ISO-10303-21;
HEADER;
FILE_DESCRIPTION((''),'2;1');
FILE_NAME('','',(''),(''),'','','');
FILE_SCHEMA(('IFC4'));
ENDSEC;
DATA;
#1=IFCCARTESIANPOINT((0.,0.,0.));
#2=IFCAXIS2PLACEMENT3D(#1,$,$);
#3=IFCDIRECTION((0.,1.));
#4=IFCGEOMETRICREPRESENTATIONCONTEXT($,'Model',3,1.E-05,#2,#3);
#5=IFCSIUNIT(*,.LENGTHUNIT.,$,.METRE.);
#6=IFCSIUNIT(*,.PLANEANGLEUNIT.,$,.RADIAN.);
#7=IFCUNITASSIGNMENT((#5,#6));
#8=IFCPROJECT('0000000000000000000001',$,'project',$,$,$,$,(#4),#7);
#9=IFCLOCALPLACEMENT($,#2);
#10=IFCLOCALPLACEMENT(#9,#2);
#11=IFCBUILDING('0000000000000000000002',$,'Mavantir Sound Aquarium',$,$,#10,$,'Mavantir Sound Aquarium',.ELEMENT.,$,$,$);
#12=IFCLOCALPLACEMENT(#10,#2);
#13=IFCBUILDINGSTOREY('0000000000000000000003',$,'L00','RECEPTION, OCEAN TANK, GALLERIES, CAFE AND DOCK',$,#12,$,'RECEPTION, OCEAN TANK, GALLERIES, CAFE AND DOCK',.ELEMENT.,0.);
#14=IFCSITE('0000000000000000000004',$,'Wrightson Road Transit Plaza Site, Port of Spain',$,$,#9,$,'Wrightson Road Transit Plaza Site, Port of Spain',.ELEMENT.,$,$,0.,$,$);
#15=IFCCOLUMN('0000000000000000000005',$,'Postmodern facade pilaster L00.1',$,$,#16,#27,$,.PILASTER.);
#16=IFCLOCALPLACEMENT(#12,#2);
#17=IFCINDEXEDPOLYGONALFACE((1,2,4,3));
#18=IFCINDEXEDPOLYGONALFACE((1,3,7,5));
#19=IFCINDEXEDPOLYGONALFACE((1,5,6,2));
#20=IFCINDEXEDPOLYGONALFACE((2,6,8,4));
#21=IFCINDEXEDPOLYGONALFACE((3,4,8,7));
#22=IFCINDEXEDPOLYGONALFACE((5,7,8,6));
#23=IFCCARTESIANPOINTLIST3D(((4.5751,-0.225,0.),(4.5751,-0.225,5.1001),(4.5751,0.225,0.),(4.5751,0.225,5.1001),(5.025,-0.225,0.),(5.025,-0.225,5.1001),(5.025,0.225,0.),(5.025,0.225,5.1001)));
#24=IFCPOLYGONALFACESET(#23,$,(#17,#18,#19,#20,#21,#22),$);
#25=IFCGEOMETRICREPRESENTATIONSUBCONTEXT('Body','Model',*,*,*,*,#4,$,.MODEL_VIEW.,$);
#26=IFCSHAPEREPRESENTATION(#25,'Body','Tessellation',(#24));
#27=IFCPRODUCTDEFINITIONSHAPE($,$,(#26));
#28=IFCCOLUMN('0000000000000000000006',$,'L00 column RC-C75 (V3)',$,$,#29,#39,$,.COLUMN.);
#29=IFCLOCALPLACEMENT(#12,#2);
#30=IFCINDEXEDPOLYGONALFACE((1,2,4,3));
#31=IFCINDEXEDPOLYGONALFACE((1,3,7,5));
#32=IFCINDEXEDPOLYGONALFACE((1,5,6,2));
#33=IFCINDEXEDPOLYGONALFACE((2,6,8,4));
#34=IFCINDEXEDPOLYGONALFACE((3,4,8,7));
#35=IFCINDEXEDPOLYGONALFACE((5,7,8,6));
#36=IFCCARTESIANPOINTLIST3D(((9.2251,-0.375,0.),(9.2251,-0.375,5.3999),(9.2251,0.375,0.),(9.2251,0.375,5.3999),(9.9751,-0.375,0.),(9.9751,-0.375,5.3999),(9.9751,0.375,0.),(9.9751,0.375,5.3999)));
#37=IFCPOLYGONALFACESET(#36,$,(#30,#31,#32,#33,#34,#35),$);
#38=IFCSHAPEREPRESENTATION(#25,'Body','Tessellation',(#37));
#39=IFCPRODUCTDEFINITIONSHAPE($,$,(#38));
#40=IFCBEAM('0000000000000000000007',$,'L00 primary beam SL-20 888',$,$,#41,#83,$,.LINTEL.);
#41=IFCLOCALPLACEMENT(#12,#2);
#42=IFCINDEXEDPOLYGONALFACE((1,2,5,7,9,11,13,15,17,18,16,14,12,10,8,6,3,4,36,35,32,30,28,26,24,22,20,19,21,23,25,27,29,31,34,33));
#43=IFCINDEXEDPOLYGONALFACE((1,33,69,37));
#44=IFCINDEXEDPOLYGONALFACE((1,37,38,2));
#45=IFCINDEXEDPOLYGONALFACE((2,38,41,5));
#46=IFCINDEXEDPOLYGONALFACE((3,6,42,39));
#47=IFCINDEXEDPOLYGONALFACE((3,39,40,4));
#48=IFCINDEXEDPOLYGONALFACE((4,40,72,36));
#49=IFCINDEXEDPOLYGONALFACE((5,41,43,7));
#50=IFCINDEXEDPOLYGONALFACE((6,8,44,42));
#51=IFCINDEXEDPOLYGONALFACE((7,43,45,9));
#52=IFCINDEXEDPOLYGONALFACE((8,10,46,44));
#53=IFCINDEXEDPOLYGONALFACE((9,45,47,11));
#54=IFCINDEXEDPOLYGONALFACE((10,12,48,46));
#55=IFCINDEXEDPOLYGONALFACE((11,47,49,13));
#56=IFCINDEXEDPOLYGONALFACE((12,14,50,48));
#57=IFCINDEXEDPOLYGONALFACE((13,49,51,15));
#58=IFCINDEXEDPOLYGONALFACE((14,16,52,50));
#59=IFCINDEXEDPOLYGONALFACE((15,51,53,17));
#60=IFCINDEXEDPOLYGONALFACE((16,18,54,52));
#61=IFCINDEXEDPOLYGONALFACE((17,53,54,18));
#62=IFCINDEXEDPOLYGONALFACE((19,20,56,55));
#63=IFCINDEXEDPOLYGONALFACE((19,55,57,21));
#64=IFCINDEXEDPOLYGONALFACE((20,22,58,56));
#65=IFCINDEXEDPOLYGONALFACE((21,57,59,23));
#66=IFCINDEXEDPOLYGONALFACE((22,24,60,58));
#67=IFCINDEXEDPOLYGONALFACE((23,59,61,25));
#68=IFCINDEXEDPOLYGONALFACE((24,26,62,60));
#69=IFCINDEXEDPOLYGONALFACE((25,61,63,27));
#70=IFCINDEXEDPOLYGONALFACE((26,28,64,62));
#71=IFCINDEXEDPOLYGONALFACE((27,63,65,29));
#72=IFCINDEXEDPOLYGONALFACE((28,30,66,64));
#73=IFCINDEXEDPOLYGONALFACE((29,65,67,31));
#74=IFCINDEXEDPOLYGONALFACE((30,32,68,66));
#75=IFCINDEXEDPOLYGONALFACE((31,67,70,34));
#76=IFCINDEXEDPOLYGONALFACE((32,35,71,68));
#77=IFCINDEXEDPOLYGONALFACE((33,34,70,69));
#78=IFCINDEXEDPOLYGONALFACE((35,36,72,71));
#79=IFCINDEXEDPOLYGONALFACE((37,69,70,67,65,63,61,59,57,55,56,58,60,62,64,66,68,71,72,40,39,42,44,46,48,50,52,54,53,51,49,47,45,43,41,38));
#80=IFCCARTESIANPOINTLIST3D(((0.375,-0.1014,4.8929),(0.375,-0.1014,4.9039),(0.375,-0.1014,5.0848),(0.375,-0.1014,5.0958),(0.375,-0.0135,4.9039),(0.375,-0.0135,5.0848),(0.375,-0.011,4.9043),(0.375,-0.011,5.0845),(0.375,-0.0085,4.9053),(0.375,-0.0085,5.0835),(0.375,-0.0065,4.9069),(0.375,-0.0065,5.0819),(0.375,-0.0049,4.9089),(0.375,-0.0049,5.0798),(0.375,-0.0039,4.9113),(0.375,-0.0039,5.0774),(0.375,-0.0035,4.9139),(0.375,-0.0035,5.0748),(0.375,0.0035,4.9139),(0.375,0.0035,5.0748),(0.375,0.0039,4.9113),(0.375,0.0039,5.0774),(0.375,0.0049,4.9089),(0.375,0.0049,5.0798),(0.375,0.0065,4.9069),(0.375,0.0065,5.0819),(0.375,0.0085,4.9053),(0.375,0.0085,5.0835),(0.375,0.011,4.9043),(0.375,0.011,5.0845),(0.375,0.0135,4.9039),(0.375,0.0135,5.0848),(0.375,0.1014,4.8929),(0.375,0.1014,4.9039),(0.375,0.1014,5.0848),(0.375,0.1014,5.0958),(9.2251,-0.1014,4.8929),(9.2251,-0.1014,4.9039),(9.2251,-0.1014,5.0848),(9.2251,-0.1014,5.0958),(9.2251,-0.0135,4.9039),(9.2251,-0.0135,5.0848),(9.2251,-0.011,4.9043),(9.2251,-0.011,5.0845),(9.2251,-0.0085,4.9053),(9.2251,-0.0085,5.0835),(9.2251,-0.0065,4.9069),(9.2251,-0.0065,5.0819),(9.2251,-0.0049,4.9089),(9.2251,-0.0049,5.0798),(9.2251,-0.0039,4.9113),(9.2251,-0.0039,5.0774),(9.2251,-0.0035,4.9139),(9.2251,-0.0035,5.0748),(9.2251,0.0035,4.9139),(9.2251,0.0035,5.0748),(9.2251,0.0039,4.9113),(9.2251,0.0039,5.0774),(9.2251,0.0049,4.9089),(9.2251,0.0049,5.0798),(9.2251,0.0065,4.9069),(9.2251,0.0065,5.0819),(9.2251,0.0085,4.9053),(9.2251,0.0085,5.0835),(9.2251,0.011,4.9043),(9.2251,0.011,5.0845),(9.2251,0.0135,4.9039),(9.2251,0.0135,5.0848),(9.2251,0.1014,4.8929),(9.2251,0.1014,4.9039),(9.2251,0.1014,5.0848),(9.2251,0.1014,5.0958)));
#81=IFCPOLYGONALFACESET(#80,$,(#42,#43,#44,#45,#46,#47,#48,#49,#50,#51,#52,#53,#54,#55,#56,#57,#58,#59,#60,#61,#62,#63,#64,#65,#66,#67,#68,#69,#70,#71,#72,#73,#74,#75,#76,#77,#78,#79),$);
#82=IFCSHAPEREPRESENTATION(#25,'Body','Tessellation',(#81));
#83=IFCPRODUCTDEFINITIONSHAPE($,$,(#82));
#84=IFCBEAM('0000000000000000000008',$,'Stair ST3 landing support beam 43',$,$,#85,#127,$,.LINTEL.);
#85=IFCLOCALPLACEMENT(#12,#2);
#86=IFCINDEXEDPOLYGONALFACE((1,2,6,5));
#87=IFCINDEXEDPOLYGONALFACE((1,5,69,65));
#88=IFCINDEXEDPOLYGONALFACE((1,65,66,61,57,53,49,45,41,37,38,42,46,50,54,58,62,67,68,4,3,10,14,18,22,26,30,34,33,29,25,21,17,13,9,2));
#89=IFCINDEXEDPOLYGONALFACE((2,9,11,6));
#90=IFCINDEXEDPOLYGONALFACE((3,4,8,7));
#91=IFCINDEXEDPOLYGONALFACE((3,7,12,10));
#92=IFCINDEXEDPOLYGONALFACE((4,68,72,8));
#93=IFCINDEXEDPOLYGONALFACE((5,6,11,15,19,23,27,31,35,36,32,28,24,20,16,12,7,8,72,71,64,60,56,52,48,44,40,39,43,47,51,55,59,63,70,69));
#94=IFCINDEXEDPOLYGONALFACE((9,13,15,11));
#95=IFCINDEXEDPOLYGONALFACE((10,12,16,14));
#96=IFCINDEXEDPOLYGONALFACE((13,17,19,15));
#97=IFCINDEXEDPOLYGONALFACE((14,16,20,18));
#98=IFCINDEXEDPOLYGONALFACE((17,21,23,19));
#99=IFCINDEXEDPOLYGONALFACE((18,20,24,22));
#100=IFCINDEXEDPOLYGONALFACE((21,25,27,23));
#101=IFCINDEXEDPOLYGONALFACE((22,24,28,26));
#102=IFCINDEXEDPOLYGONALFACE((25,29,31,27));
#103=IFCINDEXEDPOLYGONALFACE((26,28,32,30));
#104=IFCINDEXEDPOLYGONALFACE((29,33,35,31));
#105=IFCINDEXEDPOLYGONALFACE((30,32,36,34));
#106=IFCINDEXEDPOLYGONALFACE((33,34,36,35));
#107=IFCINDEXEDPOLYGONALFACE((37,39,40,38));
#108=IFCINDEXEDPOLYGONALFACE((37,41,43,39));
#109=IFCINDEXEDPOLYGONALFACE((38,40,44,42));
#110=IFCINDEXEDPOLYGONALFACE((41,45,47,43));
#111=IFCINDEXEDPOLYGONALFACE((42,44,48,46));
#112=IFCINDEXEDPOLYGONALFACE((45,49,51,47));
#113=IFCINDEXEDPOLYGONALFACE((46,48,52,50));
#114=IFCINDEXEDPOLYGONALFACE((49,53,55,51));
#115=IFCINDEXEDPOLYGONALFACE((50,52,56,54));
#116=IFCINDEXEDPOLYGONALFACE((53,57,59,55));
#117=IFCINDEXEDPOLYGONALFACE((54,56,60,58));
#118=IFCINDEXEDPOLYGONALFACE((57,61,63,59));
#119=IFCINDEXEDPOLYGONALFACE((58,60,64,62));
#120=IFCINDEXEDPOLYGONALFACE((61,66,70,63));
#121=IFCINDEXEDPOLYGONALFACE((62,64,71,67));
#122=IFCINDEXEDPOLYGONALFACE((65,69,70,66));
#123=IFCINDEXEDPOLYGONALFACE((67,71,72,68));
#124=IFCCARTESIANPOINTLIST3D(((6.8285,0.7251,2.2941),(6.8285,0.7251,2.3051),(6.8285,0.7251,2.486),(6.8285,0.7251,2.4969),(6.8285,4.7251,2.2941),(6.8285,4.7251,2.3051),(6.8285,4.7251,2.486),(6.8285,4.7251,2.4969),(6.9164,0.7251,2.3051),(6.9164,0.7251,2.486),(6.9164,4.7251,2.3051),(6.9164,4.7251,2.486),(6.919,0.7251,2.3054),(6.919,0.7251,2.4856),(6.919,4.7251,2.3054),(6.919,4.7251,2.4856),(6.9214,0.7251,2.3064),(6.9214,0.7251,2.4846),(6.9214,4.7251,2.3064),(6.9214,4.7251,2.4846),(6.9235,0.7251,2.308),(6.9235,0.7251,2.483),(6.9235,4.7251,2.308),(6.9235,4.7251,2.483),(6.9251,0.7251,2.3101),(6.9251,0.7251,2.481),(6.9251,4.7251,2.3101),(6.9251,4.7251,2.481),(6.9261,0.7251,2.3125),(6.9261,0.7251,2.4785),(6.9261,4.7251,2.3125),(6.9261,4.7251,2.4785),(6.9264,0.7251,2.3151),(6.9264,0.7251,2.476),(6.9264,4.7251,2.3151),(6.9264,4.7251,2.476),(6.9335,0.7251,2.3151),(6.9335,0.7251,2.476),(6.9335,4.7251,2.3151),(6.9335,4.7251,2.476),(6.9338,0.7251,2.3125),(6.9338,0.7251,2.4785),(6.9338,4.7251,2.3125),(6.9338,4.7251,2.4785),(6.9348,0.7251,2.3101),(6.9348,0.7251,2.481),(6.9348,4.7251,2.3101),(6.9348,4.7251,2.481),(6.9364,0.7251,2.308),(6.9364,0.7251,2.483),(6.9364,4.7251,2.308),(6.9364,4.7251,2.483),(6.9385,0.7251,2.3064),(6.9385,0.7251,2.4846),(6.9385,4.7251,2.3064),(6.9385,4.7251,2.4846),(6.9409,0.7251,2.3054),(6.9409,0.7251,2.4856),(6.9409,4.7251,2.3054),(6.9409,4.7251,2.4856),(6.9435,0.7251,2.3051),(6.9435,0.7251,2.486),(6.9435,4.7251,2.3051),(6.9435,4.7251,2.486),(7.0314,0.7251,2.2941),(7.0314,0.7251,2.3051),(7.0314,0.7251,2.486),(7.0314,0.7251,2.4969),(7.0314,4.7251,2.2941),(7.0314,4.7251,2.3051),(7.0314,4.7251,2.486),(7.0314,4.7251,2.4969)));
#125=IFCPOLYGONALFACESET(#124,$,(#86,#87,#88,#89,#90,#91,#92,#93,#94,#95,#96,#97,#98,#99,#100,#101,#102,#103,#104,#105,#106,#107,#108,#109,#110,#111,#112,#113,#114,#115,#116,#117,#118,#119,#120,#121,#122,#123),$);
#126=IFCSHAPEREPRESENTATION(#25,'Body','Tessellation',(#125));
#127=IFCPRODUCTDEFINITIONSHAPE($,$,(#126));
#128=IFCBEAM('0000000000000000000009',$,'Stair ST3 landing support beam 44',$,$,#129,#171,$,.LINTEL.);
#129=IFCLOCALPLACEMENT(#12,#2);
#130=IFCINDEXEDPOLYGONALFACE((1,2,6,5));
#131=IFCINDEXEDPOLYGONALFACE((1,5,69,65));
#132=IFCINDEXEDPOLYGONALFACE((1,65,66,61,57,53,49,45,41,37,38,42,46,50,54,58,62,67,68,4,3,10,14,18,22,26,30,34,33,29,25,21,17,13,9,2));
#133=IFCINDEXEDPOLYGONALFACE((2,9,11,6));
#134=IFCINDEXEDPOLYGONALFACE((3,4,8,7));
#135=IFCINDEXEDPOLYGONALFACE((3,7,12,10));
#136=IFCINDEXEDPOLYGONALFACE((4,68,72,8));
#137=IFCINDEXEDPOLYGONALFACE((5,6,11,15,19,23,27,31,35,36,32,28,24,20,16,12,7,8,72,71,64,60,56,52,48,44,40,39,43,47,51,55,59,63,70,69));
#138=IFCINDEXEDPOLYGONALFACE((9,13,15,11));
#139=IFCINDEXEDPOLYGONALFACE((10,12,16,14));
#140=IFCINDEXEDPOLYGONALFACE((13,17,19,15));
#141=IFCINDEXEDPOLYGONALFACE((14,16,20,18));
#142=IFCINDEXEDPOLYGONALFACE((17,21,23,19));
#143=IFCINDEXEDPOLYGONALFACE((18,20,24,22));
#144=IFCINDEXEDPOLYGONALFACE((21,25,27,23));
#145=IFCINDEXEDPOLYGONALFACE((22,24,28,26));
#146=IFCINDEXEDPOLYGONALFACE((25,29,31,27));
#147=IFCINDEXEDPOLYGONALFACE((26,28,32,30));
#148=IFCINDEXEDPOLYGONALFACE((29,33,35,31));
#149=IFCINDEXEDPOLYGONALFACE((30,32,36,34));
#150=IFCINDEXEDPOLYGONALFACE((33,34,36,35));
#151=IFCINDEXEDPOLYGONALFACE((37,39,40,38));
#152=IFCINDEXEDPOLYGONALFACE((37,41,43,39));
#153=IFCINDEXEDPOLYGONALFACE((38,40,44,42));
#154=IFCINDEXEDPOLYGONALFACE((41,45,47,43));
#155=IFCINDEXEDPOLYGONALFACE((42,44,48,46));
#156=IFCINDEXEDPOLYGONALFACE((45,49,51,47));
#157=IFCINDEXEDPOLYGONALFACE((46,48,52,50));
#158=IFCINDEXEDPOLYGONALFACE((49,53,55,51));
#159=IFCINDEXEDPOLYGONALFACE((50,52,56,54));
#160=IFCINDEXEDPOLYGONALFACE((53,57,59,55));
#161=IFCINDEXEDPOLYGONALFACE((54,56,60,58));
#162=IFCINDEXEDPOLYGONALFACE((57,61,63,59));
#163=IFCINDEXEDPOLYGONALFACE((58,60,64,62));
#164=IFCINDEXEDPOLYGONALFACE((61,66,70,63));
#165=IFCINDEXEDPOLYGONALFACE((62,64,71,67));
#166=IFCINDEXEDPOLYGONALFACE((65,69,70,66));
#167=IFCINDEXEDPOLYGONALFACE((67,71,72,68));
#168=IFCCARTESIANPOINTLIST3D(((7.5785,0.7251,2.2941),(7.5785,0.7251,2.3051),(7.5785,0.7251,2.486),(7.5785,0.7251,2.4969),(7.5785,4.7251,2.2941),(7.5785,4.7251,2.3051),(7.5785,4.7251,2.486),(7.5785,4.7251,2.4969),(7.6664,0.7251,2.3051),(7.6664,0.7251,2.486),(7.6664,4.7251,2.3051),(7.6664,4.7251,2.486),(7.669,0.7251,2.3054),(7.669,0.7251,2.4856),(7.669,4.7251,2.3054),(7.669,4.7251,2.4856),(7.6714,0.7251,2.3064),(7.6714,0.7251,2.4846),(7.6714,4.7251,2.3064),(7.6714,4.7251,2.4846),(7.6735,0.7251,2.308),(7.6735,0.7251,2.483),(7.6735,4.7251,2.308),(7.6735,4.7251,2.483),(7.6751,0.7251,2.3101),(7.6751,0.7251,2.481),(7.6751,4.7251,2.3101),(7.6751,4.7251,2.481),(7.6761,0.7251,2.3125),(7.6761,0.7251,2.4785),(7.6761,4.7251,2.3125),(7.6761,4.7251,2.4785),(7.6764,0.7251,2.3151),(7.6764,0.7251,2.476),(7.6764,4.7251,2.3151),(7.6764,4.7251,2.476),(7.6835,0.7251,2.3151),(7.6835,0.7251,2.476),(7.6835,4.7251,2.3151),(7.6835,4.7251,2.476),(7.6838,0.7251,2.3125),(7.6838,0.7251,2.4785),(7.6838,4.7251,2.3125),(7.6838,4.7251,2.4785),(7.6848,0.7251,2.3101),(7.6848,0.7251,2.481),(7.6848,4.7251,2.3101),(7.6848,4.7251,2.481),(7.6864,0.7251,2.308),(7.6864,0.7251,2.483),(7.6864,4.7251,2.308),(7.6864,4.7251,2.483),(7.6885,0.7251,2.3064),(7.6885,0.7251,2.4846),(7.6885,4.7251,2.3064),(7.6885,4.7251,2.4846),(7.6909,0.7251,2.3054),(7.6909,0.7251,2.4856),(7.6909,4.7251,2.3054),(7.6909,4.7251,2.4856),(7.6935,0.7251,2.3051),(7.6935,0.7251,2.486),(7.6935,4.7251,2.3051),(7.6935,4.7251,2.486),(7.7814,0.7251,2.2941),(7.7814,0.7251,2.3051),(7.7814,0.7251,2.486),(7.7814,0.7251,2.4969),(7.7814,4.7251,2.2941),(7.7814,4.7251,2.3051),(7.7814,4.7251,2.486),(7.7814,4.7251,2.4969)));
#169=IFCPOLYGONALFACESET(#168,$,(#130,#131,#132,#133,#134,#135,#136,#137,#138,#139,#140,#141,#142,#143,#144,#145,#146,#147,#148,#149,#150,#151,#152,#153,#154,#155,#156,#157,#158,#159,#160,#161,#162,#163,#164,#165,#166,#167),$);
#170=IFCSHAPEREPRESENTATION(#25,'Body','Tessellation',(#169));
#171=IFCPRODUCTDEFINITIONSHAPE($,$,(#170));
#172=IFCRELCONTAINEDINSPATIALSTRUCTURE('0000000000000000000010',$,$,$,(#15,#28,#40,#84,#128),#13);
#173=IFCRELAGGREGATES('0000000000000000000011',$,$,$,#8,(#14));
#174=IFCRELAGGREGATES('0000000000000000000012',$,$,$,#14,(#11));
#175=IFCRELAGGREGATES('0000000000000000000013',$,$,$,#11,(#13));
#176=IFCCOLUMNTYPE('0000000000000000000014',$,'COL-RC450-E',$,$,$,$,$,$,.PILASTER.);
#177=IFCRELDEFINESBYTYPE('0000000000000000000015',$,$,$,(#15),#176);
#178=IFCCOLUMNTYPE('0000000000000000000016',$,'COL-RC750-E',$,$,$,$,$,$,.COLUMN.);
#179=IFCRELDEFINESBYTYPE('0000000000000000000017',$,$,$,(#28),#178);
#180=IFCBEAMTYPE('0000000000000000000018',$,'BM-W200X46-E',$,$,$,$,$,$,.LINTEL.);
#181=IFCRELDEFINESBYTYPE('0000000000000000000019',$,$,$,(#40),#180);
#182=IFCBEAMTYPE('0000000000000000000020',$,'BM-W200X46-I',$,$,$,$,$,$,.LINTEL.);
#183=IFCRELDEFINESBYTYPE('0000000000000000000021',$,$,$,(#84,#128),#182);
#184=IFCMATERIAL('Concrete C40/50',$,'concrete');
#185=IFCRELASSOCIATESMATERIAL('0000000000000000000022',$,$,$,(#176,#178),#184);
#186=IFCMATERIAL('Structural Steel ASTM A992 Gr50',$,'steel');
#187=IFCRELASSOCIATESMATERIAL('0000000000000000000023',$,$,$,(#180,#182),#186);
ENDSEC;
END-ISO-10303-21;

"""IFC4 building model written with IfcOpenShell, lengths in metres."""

from ifc_helpers import new_model, si_unit, direction, frame, origin, origin_2d, place, context, subcontext, project, spatial, rectangle, i_section, extrude, material, material_profile, profile_set, type_object, element, save


model = new_model("IFC4")

# Units and contexts
model_context = context("Model", 3, precision=1e-05, world=origin(), true_north=direction((0.0, 1.0)))
body_context = subcontext(model_context, "Body", "Model", "MODEL_VIEW")
ifc_project = project(units=[si_unit("LENGTHUNIT", "METRE"), si_unit("PLANEANGLEUNIT", "RADIAN")], contexts=[model_context])

# Site, building, storey
site_placement = place(None, origin())
site = spatial("IfcSite", under=ifc_project, at=site_placement, Name="Wrightson Road Transit Plaza Site, Port of Spain", LongName="Wrightson Road Transit Plaza Site, Port of Spain", CompositionType="ELEMENT", RefElevation=0.0)
building_placement = place(site_placement, origin())
building = spatial("IfcBuilding", under=site, at=building_placement, Name="Mavantir Sound Aquarium", LongName="Mavantir Sound Aquarium", CompositionType="ELEMENT")
storey_placement = place(building_placement, origin())
storey = spatial("IfcBuildingStorey", under=building, at=storey_placement, Name="L00", Description="RECEPTION, OCEAN TANK, GALLERIES, CAFE AND DOCK", LongName="RECEPTION, OCEAN TANK, GALLERIES, CAFE AND DOCK", CompositionType="ELEMENT", Elevation=0.0)

# Columns
ifc_material_1 = material(Name="Concrete C40/50", Category="concrete")
ifc_material_profile_1 = material_profile(ifc_material_1, rectangle(XDim=0.45, YDim=0.45, at=origin_2d()), Name="RC 450X450")
ifc_profile_set_1 = profile_set([ifc_material_profile_1], Name="Concrete C40/50")
column_type_1 = type_object("IfcColumnType", Name="COL-RC450-E", PredefinedType="PILASTER", material=ifc_profile_set_1)
column_1_placement = place(storey_placement, frame((4.8, 0.0, 0.0), z_axis=(0.0, 0.0, 1.0), x_axis=(1.0, 0.0, 0.0)))
element("IfcColumn", 1, at=column_1_placement, inside=storey, type_object=column_type_1, Name="Postmodern facade pilaster L00.1", PredefinedType="PILASTER", context=body_context, shape_type="SweptSolid", body=[
    extrude(rectangle(XDim=0.45, YDim=0.45, at=origin_2d()), origin(), (0.0, 0.0, 1.0), 5.1001),
])
ifc_material_profile_2 = material_profile(ifc_material_1, rectangle(XDim=0.75, YDim=0.75, at=origin_2d()), Name="RC 750X750")
ifc_profile_set_2 = profile_set([ifc_material_profile_2], Name="Concrete C40/50")
column_type_2 = type_object("IfcColumnType", Name="COL-RC750-E", PredefinedType="COLUMN", material=ifc_profile_set_2)
column_2_placement = place(storey_placement, frame((9.6001, 0.0, 0.0), z_axis=(0.0, 0.0, 1.0), x_axis=(1.0, 0.0, 0.0)))
element("IfcColumn", 2, at=column_2_placement, inside=storey, type_object=column_type_2, Name="L00 column RC-C75 (V3)", PredefinedType="COLUMN", context=body_context, shape_type="SweptSolid", body=[
    extrude(rectangle(XDim=0.75, YDim=0.75, at=origin_2d()), origin(), (0.0, 0.0, 1.0), 5.3999),
])

# Beams
ifc_material_2 = material(Name="Structural Steel ASTM A992 Gr50", Category="steel")
ifc_material_profile_3 = material_profile(ifc_material_2, i_section(OverallWidth=0.2029, OverallDepth=0.2029, WebThickness=0.0071, FlangeThickness=0.011, FilletRadius=0.01, at=origin_2d()), Name="W200X46")
ifc_profile_set_3 = profile_set([ifc_material_profile_3], Name="Structural Steel ASTM A992 Gr50")
beam_type_1 = type_object("IfcBeamType", Name="BM-W200X46-E", PredefinedType="LINTEL", material=ifc_profile_set_3)
beam_1_placement = place(storey_placement, frame((0.375, 0.0, 4.9944), z_axis=(1.0, 0.0, 0.0), x_axis=(0.0, 1.0, 0.0)))
element("IfcBeam", 3, at=beam_1_placement, inside=storey, type_object=beam_type_1, Name="L00 primary beam SL-20 888", PredefinedType="LINTEL", context=body_context, shape_type="SweptSolid", body=[
    extrude(i_section(OverallWidth=0.2029, OverallDepth=0.2029, WebThickness=0.0071, FlangeThickness=0.011, FilletRadius=0.01, at=origin_2d()), origin(), (0.0, 0.0, 1.0), 8.8501),
])
ifc_material_profile_4 = material_profile(ifc_material_2, i_section(OverallWidth=0.2029, OverallDepth=0.2029, WebThickness=0.0071, FlangeThickness=0.011, FilletRadius=0.01, at=origin_2d()), Name="W200X46")
ifc_profile_set_4 = profile_set([ifc_material_profile_4], Name="Structural Steel ASTM A992 Gr50")
beam_type_2 = type_object("IfcBeamType", Name="BM-W200X46-I", PredefinedType="LINTEL", material=ifc_profile_set_4)
for number, where, z_axis, x_axis, name in (
    (4, (6.9299, 0.7251, 2.3955), (0.0, 1.0, 0.0), (-1.0, 0.0, 0.0), "Stair ST3 landing support beam 43"),
    (5, (7.6799, 0.7251, 2.3955), (0.0, 1.0, 0.0), (-1.0, 0.0, 0.0), "Stair ST3 landing support beam 44"),
):
    element("IfcBeam", number, at=place(storey_placement, frame(where, z_axis=z_axis, x_axis=x_axis)), inside=storey, type_object=beam_type_2, Name=name, PredefinedType="LINTEL", context=body_context, shape_type="SweptSolid", body=[
        extrude(i_section(OverallWidth=0.2029, OverallDepth=0.2029, WebThickness=0.0071, FlangeThickness=0.011, FilletRadius=0.01, at=origin_2d()), origin(), (0.0, 0.0, 1.0), 4.0),
    ])

save(model, "model.ifc")
